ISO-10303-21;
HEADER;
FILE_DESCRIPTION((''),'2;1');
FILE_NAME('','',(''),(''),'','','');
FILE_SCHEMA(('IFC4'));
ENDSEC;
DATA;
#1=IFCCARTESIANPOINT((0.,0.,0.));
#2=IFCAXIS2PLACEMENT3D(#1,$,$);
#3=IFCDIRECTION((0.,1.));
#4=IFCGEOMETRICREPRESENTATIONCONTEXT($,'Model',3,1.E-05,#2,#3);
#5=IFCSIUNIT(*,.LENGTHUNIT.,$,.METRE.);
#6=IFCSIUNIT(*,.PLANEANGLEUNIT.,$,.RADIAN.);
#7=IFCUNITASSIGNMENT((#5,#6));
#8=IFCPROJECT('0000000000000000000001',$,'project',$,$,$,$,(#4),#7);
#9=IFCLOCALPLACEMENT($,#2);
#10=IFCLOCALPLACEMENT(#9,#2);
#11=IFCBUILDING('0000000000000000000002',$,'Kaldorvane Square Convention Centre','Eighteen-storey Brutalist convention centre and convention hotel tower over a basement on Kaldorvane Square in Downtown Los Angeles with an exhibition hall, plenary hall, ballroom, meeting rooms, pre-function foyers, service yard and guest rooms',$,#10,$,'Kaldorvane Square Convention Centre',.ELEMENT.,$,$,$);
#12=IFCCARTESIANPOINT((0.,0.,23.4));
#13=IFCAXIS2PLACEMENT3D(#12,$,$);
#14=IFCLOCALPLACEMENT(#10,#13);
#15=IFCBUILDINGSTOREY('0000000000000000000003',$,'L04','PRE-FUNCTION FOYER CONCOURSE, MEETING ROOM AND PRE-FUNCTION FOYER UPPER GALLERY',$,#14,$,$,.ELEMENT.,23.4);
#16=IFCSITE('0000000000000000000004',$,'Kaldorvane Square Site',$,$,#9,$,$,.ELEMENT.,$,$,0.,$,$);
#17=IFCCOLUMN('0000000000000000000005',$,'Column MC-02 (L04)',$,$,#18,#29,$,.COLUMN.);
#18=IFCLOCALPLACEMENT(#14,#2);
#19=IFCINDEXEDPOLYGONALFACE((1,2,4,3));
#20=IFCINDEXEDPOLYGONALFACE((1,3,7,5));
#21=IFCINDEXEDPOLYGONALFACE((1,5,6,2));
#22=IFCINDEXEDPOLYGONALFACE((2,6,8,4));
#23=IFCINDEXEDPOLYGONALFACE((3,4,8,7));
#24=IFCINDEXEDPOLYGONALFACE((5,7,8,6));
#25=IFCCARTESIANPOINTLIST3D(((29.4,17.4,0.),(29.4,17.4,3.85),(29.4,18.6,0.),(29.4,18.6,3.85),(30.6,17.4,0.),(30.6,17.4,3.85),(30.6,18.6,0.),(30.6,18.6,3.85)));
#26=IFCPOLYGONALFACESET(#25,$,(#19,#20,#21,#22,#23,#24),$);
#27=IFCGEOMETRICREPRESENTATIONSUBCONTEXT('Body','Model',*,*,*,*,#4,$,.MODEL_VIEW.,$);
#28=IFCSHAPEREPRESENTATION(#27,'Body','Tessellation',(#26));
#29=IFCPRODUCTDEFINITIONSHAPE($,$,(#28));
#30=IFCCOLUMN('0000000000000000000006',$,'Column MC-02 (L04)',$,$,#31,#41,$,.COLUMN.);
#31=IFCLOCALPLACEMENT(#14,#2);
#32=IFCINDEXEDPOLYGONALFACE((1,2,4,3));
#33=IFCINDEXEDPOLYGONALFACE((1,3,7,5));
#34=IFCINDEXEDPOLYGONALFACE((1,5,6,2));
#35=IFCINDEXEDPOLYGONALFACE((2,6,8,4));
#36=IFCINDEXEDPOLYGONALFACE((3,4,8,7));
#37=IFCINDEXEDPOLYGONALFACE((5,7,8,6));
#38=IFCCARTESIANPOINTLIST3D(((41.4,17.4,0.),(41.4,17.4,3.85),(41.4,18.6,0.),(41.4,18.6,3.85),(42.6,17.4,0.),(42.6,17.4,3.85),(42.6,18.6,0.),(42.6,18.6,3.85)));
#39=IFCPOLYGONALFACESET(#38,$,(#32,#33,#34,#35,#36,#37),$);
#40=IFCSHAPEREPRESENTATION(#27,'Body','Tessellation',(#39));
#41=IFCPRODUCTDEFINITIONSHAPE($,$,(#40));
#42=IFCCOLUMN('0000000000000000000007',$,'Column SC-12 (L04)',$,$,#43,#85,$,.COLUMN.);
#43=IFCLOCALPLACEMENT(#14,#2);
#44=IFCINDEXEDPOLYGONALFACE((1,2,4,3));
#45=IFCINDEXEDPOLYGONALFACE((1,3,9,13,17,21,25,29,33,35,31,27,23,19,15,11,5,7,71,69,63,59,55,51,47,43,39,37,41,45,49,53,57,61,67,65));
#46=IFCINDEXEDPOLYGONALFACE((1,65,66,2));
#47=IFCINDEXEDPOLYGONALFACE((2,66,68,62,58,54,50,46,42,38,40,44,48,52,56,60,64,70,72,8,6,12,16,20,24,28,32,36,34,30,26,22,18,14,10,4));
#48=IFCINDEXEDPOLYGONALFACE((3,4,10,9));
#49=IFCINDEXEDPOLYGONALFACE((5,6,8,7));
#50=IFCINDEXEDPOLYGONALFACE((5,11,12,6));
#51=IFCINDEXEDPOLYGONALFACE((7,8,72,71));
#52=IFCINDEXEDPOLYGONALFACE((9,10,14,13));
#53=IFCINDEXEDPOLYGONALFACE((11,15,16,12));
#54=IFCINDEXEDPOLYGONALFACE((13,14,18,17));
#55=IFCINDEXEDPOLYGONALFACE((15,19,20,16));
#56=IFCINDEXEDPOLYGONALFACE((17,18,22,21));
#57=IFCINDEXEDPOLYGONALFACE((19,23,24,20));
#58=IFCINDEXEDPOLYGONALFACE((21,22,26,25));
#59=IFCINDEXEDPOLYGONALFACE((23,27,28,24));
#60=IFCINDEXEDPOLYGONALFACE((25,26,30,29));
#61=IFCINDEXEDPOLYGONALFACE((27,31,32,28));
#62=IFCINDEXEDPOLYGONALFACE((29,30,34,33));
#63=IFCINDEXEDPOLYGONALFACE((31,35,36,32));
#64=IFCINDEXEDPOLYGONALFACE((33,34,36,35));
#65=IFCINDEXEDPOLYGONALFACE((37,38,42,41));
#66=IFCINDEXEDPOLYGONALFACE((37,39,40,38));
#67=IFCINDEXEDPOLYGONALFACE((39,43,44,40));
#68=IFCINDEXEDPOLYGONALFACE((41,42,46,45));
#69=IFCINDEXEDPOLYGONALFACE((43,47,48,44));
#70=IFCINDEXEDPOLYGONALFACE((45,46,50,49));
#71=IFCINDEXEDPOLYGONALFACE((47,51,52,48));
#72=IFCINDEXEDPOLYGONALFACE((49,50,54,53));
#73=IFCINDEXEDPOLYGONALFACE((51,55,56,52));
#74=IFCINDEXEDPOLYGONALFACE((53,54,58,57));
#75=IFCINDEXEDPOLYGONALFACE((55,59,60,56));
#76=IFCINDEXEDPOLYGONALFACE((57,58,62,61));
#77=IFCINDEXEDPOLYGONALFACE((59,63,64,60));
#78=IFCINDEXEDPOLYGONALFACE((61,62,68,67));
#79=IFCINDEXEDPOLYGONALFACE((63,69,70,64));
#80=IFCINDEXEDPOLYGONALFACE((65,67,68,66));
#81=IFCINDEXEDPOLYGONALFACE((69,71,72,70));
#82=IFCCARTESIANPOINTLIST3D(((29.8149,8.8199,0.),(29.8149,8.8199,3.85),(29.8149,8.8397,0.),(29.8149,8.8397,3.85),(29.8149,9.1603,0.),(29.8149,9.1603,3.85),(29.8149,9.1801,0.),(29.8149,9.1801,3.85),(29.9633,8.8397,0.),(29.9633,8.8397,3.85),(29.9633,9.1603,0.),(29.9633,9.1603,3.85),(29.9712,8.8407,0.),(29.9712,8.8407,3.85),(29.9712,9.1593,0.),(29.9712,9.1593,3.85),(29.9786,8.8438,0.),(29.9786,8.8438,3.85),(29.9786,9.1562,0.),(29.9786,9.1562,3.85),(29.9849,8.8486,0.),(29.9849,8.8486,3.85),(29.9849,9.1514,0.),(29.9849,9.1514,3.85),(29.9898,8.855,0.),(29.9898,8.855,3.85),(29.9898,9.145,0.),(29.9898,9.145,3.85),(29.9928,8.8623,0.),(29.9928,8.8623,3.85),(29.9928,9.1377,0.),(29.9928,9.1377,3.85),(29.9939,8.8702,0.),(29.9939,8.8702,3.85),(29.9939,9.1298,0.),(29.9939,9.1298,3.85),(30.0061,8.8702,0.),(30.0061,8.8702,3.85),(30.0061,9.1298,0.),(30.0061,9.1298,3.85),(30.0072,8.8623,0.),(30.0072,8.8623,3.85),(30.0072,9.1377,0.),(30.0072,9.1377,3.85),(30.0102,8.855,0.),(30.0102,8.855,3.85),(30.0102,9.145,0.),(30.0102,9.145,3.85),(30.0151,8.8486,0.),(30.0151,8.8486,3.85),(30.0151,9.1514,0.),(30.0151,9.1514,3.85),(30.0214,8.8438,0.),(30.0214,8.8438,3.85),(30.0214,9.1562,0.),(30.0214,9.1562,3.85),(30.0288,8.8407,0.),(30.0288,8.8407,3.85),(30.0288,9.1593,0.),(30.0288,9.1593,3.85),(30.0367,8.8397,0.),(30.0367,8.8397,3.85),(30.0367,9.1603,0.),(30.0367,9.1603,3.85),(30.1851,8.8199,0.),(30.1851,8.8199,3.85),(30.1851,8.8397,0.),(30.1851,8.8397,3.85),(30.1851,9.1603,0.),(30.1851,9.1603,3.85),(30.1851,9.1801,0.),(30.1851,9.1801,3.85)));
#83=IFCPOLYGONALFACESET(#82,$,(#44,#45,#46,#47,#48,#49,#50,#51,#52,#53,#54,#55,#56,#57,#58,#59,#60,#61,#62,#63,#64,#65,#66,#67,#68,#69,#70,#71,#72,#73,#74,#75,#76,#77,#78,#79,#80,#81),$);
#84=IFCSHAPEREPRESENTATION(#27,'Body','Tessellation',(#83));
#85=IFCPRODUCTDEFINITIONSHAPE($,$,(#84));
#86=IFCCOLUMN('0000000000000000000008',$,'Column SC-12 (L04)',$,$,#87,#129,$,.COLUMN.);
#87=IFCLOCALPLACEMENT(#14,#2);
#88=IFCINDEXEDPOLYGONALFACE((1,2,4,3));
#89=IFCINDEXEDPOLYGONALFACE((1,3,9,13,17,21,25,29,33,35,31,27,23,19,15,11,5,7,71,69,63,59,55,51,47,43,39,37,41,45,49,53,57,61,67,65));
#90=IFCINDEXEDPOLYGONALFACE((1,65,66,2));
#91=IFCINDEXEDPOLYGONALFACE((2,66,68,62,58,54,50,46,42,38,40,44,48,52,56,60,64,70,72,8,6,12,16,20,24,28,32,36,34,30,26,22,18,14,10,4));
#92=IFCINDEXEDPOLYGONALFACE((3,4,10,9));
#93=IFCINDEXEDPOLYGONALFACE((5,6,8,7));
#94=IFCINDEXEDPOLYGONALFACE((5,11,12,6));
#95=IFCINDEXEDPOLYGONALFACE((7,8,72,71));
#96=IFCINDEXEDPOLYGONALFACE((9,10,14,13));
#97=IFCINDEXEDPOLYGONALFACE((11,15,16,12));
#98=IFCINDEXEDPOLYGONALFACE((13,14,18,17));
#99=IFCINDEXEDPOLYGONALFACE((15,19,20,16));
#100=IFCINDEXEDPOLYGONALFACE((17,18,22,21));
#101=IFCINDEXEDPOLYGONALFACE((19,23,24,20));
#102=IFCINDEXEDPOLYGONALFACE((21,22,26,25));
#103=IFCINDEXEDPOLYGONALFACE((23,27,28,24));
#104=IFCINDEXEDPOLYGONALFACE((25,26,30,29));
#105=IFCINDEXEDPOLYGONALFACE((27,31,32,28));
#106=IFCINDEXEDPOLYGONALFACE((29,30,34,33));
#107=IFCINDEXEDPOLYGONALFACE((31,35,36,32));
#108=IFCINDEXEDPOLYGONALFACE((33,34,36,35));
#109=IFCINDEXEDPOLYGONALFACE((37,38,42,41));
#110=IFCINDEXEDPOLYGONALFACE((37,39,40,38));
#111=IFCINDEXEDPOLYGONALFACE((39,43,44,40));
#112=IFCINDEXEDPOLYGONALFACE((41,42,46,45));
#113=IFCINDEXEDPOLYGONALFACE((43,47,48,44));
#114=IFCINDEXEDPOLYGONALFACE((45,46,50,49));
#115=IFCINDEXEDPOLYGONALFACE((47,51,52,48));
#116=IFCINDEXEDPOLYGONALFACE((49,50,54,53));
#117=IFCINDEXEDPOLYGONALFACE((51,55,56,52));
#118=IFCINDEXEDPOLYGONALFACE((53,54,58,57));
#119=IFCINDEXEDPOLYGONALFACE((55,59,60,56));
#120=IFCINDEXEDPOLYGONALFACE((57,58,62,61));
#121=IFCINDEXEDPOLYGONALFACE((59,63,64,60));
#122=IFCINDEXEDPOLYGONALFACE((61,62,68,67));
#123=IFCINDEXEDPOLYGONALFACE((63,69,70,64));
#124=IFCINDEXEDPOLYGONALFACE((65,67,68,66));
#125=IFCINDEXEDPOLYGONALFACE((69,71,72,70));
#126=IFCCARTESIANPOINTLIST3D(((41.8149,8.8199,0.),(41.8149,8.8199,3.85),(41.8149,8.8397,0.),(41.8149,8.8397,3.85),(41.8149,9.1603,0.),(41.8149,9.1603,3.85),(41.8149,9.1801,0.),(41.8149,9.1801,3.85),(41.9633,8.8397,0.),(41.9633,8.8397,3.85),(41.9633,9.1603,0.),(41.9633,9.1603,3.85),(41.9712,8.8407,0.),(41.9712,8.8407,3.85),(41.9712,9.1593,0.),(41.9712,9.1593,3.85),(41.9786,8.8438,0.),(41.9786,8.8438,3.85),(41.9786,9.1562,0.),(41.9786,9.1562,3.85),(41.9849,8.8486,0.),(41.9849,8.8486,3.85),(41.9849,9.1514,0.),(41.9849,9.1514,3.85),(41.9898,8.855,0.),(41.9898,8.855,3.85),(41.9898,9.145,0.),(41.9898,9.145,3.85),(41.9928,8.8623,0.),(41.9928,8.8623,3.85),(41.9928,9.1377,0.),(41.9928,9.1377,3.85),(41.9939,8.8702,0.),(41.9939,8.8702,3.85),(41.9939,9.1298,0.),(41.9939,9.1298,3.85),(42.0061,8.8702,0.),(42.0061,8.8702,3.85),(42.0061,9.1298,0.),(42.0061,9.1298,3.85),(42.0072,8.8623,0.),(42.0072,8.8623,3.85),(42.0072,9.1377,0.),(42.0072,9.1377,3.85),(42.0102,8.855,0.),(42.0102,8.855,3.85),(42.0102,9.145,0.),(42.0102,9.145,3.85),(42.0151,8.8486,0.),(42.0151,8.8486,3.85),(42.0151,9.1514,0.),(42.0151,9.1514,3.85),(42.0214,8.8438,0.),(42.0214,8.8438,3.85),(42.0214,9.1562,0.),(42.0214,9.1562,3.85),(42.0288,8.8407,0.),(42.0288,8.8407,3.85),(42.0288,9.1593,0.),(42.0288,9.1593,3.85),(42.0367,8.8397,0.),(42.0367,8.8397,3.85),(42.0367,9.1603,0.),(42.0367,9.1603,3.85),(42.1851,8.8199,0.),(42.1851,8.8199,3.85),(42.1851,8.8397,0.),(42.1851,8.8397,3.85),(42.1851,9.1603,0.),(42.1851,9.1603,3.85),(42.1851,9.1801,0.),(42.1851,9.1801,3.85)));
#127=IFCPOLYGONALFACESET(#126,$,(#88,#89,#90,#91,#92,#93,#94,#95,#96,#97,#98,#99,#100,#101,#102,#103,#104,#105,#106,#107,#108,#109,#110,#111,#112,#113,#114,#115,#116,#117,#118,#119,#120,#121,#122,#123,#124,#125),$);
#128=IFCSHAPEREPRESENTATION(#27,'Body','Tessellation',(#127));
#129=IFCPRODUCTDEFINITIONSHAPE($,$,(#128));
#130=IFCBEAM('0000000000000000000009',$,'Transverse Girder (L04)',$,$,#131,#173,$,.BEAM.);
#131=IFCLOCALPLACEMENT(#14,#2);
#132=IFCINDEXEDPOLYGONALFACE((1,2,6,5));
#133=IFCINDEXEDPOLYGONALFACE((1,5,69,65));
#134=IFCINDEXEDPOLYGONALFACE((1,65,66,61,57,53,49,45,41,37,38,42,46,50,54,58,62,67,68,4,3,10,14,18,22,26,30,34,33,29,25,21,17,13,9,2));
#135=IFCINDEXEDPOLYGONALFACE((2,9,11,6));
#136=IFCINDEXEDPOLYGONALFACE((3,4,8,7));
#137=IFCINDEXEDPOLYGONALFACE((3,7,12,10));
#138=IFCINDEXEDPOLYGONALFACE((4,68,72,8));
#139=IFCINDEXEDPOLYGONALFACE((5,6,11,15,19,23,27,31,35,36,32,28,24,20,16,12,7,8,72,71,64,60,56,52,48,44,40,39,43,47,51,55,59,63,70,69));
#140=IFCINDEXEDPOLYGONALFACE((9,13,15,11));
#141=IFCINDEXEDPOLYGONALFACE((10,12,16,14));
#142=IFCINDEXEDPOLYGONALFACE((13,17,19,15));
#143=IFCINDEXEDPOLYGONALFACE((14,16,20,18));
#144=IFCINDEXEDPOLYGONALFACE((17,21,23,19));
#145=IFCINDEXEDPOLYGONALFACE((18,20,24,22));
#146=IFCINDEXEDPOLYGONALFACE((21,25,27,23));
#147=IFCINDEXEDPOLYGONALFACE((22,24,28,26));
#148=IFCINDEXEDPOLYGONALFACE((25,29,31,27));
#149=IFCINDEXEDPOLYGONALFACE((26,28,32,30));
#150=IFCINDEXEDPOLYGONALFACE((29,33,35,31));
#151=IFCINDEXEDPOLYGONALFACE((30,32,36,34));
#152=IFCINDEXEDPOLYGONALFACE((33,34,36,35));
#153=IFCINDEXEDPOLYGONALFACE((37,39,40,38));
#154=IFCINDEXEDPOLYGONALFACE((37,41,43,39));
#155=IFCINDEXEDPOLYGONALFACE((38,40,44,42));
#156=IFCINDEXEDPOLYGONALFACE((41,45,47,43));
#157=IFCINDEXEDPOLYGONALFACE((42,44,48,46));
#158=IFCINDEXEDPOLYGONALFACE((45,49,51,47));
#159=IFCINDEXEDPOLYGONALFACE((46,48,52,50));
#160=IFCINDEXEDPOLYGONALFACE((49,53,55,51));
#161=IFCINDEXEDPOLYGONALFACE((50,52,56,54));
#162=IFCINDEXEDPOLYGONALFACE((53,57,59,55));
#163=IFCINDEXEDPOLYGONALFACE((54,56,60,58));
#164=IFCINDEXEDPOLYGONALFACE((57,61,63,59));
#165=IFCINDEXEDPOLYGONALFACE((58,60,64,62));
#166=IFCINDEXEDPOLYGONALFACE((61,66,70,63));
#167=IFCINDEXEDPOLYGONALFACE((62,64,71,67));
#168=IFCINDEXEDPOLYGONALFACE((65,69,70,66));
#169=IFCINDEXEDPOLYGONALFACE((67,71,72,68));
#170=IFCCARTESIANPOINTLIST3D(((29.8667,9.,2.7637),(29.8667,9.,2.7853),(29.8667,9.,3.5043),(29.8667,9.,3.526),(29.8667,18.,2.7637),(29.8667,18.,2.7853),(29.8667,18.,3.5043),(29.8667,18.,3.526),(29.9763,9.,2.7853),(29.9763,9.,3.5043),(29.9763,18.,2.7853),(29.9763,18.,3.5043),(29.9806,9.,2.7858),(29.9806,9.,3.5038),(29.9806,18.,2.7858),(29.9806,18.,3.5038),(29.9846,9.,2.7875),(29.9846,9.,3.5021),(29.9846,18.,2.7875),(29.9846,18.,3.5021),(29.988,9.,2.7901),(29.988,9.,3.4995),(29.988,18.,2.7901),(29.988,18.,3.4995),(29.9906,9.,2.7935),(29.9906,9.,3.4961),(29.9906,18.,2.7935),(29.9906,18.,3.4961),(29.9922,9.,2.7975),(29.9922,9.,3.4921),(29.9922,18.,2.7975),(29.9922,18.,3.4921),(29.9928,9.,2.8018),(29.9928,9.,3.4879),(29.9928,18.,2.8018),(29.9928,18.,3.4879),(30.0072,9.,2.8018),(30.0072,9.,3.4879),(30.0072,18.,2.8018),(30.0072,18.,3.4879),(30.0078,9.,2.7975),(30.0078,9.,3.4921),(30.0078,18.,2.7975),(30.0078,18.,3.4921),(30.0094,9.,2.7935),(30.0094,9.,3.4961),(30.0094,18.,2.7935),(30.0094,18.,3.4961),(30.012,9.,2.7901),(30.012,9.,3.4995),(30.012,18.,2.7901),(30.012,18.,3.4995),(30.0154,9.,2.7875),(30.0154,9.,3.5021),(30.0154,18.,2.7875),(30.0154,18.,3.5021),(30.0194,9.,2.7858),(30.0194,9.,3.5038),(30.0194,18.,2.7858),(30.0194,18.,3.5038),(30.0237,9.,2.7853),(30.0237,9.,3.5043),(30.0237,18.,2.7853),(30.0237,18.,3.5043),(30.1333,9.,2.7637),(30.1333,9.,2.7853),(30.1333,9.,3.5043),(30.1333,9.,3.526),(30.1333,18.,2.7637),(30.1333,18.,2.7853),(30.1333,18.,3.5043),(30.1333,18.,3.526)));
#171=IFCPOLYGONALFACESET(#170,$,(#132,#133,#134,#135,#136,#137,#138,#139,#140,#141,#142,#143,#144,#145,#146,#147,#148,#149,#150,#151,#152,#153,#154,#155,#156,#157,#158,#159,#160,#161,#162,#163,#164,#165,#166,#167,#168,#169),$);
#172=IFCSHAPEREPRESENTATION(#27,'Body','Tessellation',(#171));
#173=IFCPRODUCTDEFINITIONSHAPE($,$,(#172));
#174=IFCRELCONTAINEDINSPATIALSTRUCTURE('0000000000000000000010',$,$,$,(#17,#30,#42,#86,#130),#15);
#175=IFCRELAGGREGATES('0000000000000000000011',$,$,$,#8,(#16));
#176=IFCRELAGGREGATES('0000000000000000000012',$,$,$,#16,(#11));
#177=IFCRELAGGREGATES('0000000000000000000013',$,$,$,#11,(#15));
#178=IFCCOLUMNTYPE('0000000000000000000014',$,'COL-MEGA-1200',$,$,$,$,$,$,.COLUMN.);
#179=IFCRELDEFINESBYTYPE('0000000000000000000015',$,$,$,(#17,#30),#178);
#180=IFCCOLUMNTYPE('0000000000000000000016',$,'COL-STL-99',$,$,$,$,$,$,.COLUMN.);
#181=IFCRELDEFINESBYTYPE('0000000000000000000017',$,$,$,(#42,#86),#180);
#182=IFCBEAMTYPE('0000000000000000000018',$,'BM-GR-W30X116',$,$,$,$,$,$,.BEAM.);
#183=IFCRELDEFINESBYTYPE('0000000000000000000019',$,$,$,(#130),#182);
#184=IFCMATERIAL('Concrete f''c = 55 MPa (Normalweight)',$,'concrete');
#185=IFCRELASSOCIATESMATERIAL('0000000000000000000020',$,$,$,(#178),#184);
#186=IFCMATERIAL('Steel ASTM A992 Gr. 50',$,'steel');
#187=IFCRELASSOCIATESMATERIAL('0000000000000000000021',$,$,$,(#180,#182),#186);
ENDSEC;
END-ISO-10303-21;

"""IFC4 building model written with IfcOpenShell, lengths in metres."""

from ifc_helpers import new_model, si_unit, direction, frame, origin, origin_2d, place, context, subcontext, project, spatial, rectangle, i_section, extrude, material, material_profile, profile_set, type_object, element, save


model = new_model("IFC4")

# Units and contexts
model_context = context("Model", 3, precision=1e-05, world=origin(), true_north=direction((0.0, 1.0)))
body_context = subcontext(model_context, "Body", "Model", "MODEL_VIEW")
ifc_project = project(units=[si_unit("LENGTHUNIT", "METRE"), si_unit("PLANEANGLEUNIT", "RADIAN")], contexts=[model_context])

# Site, building, storey
site_placement = place(None, origin())
site = spatial("IfcSite", under=ifc_project, at=site_placement, Name="Kaldorvane Square Site", CompositionType="ELEMENT", RefElevation=0.0)
building_placement = place(site_placement, origin())
building = spatial("IfcBuilding", under=site, at=building_placement, Name="Kaldorvane Square Convention Centre", Description="Eighteen-storey Brutalist convention centre and convention hotel tower over a basement on Kaldorvane Square in Downtown Los Angeles with an exhibition hall, plenary hall, ballroom, meeting rooms, pre-function foyers, service yard and guest rooms", LongName="Kaldorvane Square Convention Centre", CompositionType="ELEMENT")
storey_placement = place(building_placement, frame((0.0, 0.0, 23.4)))
storey = spatial("IfcBuildingStorey", under=building, at=storey_placement, Name="L04", Description="PRE-FUNCTION FOYER CONCOURSE, MEETING ROOM AND PRE-FUNCTION FOYER UPPER GALLERY", CompositionType="ELEMENT", Elevation=23.4)

# Columns
ifc_material_1 = material(Name="Concrete f'c = 55 MPa (Normalweight)", Category="concrete")
ifc_material_profile_1 = material_profile(ifc_material_1, rectangle(XDim=1.2, YDim=1.2, at=origin_2d()), Name="RC1200X1200")
ifc_profile_set_1 = profile_set([ifc_material_profile_1], Name="Concrete f'c = 55 MPa (Normalweight)")
column_type_1 = type_object("IfcColumnType", Name="COL-MEGA-1200", PredefinedType="COLUMN", material=ifc_profile_set_1)
for number, where, z_axis, x_axis, name in (
    (1, (30.0, 18.0, 0.0), (0.0, 0.0, 1.0), (1.0, 0.0, 0.0), "Column MC-02 (L04)"),
    (2, (42.0, 18.0, 0.0), (0.0, 0.0, 1.0), (1.0, 0.0, 0.0), "Column MC-02 (L04)"),
):
    element("IfcColumn", number, at=place(storey_placement, frame(where, z_axis=z_axis, x_axis=x_axis)), inside=storey, type_object=column_type_1, Name=name, PredefinedType="COLUMN", context=body_context, shape_type="SweptSolid", body=[
        extrude(rectangle(XDim=1.2, YDim=1.2, at=origin_2d()), origin(), (0.0, 0.0, 1.0), 3.85),
    ])
ifc_material_2 = material(Name="Steel ASTM A992 Gr. 50", Category="steel")
ifc_material_profile_2 = material_profile(ifc_material_2, i_section(OverallWidth=0.3701, OverallDepth=0.3602, WebThickness=0.0123, FlangeThickness=0.0198, FilletRadius=0.0305, at=origin_2d()), Name="W14X99")
ifc_profile_set_2 = profile_set([ifc_material_profile_2], Name="Steel ASTM A992 Gr. 50")
column_type_2 = type_object("IfcColumnType", Name="COL-STL-99", PredefinedType="COLUMN", material=ifc_profile_set_2)
for number, where, z_axis, x_axis, name in (
    (3, (30.0, 9.0, 0.0), (0.0, 0.0, 1.0), (1.0, 0.0, 0.0), "Column SC-12 (L04)"),
    (4, (42.0, 9.0, 0.0), (0.0, 0.0, 1.0), (1.0, 0.0, 0.0), "Column SC-12 (L04)"),
):
    element("IfcColumn", number, at=place(storey_placement, frame(where, z_axis=z_axis, x_axis=x_axis)), inside=storey, type_object=column_type_2, Name=name, PredefinedType="COLUMN", context=body_context, shape_type="SweptSolid", body=[
        extrude(i_section(OverallWidth=0.3701, OverallDepth=0.3602, WebThickness=0.0123, FlangeThickness=0.0198, FilletRadius=0.0305, at=origin_2d()), origin(), (0.0, 0.0, 1.0), 3.85),
    ])

# Beam
ifc_material_profile_3 = material_profile(ifc_material_2, i_section(OverallWidth=0.2666, OverallDepth=0.7623, WebThickness=0.0144, FlangeThickness=0.0216, FilletRadius=0.0165, at=origin_2d()), Name="W30X116")
ifc_profile_set_3 = profile_set([ifc_material_profile_3], Name="Steel ASTM A992 Gr. 50")
beam_type_1 = type_object("IfcBeamType", Name="BM-GR-W30X116", PredefinedType="BEAM", material=ifc_profile_set_3)
for number, where, z_axis, x_axis, name in (
    (5, (30.0, 9.0, 3.1448), (0.0, 1.0, 0.0), (-1.0, 0.0, 0.0), "Transverse Girder (L04)"),
):
    element("IfcBeam", number, at=place(storey_placement, frame(where, z_axis=z_axis, x_axis=x_axis)), inside=storey, type_object=beam_type_1, Name=name, PredefinedType="BEAM", context=body_context, shape_type="SweptSolid", body=[
        extrude(i_section(OverallWidth=0.2666, OverallDepth=0.7623, WebThickness=0.0144, FlangeThickness=0.0216, FilletRadius=0.0165, at=origin_2d()), origin(), (0.0, 0.0, 1.0), 9.0),
    ])

save(model, "model.ifc")
